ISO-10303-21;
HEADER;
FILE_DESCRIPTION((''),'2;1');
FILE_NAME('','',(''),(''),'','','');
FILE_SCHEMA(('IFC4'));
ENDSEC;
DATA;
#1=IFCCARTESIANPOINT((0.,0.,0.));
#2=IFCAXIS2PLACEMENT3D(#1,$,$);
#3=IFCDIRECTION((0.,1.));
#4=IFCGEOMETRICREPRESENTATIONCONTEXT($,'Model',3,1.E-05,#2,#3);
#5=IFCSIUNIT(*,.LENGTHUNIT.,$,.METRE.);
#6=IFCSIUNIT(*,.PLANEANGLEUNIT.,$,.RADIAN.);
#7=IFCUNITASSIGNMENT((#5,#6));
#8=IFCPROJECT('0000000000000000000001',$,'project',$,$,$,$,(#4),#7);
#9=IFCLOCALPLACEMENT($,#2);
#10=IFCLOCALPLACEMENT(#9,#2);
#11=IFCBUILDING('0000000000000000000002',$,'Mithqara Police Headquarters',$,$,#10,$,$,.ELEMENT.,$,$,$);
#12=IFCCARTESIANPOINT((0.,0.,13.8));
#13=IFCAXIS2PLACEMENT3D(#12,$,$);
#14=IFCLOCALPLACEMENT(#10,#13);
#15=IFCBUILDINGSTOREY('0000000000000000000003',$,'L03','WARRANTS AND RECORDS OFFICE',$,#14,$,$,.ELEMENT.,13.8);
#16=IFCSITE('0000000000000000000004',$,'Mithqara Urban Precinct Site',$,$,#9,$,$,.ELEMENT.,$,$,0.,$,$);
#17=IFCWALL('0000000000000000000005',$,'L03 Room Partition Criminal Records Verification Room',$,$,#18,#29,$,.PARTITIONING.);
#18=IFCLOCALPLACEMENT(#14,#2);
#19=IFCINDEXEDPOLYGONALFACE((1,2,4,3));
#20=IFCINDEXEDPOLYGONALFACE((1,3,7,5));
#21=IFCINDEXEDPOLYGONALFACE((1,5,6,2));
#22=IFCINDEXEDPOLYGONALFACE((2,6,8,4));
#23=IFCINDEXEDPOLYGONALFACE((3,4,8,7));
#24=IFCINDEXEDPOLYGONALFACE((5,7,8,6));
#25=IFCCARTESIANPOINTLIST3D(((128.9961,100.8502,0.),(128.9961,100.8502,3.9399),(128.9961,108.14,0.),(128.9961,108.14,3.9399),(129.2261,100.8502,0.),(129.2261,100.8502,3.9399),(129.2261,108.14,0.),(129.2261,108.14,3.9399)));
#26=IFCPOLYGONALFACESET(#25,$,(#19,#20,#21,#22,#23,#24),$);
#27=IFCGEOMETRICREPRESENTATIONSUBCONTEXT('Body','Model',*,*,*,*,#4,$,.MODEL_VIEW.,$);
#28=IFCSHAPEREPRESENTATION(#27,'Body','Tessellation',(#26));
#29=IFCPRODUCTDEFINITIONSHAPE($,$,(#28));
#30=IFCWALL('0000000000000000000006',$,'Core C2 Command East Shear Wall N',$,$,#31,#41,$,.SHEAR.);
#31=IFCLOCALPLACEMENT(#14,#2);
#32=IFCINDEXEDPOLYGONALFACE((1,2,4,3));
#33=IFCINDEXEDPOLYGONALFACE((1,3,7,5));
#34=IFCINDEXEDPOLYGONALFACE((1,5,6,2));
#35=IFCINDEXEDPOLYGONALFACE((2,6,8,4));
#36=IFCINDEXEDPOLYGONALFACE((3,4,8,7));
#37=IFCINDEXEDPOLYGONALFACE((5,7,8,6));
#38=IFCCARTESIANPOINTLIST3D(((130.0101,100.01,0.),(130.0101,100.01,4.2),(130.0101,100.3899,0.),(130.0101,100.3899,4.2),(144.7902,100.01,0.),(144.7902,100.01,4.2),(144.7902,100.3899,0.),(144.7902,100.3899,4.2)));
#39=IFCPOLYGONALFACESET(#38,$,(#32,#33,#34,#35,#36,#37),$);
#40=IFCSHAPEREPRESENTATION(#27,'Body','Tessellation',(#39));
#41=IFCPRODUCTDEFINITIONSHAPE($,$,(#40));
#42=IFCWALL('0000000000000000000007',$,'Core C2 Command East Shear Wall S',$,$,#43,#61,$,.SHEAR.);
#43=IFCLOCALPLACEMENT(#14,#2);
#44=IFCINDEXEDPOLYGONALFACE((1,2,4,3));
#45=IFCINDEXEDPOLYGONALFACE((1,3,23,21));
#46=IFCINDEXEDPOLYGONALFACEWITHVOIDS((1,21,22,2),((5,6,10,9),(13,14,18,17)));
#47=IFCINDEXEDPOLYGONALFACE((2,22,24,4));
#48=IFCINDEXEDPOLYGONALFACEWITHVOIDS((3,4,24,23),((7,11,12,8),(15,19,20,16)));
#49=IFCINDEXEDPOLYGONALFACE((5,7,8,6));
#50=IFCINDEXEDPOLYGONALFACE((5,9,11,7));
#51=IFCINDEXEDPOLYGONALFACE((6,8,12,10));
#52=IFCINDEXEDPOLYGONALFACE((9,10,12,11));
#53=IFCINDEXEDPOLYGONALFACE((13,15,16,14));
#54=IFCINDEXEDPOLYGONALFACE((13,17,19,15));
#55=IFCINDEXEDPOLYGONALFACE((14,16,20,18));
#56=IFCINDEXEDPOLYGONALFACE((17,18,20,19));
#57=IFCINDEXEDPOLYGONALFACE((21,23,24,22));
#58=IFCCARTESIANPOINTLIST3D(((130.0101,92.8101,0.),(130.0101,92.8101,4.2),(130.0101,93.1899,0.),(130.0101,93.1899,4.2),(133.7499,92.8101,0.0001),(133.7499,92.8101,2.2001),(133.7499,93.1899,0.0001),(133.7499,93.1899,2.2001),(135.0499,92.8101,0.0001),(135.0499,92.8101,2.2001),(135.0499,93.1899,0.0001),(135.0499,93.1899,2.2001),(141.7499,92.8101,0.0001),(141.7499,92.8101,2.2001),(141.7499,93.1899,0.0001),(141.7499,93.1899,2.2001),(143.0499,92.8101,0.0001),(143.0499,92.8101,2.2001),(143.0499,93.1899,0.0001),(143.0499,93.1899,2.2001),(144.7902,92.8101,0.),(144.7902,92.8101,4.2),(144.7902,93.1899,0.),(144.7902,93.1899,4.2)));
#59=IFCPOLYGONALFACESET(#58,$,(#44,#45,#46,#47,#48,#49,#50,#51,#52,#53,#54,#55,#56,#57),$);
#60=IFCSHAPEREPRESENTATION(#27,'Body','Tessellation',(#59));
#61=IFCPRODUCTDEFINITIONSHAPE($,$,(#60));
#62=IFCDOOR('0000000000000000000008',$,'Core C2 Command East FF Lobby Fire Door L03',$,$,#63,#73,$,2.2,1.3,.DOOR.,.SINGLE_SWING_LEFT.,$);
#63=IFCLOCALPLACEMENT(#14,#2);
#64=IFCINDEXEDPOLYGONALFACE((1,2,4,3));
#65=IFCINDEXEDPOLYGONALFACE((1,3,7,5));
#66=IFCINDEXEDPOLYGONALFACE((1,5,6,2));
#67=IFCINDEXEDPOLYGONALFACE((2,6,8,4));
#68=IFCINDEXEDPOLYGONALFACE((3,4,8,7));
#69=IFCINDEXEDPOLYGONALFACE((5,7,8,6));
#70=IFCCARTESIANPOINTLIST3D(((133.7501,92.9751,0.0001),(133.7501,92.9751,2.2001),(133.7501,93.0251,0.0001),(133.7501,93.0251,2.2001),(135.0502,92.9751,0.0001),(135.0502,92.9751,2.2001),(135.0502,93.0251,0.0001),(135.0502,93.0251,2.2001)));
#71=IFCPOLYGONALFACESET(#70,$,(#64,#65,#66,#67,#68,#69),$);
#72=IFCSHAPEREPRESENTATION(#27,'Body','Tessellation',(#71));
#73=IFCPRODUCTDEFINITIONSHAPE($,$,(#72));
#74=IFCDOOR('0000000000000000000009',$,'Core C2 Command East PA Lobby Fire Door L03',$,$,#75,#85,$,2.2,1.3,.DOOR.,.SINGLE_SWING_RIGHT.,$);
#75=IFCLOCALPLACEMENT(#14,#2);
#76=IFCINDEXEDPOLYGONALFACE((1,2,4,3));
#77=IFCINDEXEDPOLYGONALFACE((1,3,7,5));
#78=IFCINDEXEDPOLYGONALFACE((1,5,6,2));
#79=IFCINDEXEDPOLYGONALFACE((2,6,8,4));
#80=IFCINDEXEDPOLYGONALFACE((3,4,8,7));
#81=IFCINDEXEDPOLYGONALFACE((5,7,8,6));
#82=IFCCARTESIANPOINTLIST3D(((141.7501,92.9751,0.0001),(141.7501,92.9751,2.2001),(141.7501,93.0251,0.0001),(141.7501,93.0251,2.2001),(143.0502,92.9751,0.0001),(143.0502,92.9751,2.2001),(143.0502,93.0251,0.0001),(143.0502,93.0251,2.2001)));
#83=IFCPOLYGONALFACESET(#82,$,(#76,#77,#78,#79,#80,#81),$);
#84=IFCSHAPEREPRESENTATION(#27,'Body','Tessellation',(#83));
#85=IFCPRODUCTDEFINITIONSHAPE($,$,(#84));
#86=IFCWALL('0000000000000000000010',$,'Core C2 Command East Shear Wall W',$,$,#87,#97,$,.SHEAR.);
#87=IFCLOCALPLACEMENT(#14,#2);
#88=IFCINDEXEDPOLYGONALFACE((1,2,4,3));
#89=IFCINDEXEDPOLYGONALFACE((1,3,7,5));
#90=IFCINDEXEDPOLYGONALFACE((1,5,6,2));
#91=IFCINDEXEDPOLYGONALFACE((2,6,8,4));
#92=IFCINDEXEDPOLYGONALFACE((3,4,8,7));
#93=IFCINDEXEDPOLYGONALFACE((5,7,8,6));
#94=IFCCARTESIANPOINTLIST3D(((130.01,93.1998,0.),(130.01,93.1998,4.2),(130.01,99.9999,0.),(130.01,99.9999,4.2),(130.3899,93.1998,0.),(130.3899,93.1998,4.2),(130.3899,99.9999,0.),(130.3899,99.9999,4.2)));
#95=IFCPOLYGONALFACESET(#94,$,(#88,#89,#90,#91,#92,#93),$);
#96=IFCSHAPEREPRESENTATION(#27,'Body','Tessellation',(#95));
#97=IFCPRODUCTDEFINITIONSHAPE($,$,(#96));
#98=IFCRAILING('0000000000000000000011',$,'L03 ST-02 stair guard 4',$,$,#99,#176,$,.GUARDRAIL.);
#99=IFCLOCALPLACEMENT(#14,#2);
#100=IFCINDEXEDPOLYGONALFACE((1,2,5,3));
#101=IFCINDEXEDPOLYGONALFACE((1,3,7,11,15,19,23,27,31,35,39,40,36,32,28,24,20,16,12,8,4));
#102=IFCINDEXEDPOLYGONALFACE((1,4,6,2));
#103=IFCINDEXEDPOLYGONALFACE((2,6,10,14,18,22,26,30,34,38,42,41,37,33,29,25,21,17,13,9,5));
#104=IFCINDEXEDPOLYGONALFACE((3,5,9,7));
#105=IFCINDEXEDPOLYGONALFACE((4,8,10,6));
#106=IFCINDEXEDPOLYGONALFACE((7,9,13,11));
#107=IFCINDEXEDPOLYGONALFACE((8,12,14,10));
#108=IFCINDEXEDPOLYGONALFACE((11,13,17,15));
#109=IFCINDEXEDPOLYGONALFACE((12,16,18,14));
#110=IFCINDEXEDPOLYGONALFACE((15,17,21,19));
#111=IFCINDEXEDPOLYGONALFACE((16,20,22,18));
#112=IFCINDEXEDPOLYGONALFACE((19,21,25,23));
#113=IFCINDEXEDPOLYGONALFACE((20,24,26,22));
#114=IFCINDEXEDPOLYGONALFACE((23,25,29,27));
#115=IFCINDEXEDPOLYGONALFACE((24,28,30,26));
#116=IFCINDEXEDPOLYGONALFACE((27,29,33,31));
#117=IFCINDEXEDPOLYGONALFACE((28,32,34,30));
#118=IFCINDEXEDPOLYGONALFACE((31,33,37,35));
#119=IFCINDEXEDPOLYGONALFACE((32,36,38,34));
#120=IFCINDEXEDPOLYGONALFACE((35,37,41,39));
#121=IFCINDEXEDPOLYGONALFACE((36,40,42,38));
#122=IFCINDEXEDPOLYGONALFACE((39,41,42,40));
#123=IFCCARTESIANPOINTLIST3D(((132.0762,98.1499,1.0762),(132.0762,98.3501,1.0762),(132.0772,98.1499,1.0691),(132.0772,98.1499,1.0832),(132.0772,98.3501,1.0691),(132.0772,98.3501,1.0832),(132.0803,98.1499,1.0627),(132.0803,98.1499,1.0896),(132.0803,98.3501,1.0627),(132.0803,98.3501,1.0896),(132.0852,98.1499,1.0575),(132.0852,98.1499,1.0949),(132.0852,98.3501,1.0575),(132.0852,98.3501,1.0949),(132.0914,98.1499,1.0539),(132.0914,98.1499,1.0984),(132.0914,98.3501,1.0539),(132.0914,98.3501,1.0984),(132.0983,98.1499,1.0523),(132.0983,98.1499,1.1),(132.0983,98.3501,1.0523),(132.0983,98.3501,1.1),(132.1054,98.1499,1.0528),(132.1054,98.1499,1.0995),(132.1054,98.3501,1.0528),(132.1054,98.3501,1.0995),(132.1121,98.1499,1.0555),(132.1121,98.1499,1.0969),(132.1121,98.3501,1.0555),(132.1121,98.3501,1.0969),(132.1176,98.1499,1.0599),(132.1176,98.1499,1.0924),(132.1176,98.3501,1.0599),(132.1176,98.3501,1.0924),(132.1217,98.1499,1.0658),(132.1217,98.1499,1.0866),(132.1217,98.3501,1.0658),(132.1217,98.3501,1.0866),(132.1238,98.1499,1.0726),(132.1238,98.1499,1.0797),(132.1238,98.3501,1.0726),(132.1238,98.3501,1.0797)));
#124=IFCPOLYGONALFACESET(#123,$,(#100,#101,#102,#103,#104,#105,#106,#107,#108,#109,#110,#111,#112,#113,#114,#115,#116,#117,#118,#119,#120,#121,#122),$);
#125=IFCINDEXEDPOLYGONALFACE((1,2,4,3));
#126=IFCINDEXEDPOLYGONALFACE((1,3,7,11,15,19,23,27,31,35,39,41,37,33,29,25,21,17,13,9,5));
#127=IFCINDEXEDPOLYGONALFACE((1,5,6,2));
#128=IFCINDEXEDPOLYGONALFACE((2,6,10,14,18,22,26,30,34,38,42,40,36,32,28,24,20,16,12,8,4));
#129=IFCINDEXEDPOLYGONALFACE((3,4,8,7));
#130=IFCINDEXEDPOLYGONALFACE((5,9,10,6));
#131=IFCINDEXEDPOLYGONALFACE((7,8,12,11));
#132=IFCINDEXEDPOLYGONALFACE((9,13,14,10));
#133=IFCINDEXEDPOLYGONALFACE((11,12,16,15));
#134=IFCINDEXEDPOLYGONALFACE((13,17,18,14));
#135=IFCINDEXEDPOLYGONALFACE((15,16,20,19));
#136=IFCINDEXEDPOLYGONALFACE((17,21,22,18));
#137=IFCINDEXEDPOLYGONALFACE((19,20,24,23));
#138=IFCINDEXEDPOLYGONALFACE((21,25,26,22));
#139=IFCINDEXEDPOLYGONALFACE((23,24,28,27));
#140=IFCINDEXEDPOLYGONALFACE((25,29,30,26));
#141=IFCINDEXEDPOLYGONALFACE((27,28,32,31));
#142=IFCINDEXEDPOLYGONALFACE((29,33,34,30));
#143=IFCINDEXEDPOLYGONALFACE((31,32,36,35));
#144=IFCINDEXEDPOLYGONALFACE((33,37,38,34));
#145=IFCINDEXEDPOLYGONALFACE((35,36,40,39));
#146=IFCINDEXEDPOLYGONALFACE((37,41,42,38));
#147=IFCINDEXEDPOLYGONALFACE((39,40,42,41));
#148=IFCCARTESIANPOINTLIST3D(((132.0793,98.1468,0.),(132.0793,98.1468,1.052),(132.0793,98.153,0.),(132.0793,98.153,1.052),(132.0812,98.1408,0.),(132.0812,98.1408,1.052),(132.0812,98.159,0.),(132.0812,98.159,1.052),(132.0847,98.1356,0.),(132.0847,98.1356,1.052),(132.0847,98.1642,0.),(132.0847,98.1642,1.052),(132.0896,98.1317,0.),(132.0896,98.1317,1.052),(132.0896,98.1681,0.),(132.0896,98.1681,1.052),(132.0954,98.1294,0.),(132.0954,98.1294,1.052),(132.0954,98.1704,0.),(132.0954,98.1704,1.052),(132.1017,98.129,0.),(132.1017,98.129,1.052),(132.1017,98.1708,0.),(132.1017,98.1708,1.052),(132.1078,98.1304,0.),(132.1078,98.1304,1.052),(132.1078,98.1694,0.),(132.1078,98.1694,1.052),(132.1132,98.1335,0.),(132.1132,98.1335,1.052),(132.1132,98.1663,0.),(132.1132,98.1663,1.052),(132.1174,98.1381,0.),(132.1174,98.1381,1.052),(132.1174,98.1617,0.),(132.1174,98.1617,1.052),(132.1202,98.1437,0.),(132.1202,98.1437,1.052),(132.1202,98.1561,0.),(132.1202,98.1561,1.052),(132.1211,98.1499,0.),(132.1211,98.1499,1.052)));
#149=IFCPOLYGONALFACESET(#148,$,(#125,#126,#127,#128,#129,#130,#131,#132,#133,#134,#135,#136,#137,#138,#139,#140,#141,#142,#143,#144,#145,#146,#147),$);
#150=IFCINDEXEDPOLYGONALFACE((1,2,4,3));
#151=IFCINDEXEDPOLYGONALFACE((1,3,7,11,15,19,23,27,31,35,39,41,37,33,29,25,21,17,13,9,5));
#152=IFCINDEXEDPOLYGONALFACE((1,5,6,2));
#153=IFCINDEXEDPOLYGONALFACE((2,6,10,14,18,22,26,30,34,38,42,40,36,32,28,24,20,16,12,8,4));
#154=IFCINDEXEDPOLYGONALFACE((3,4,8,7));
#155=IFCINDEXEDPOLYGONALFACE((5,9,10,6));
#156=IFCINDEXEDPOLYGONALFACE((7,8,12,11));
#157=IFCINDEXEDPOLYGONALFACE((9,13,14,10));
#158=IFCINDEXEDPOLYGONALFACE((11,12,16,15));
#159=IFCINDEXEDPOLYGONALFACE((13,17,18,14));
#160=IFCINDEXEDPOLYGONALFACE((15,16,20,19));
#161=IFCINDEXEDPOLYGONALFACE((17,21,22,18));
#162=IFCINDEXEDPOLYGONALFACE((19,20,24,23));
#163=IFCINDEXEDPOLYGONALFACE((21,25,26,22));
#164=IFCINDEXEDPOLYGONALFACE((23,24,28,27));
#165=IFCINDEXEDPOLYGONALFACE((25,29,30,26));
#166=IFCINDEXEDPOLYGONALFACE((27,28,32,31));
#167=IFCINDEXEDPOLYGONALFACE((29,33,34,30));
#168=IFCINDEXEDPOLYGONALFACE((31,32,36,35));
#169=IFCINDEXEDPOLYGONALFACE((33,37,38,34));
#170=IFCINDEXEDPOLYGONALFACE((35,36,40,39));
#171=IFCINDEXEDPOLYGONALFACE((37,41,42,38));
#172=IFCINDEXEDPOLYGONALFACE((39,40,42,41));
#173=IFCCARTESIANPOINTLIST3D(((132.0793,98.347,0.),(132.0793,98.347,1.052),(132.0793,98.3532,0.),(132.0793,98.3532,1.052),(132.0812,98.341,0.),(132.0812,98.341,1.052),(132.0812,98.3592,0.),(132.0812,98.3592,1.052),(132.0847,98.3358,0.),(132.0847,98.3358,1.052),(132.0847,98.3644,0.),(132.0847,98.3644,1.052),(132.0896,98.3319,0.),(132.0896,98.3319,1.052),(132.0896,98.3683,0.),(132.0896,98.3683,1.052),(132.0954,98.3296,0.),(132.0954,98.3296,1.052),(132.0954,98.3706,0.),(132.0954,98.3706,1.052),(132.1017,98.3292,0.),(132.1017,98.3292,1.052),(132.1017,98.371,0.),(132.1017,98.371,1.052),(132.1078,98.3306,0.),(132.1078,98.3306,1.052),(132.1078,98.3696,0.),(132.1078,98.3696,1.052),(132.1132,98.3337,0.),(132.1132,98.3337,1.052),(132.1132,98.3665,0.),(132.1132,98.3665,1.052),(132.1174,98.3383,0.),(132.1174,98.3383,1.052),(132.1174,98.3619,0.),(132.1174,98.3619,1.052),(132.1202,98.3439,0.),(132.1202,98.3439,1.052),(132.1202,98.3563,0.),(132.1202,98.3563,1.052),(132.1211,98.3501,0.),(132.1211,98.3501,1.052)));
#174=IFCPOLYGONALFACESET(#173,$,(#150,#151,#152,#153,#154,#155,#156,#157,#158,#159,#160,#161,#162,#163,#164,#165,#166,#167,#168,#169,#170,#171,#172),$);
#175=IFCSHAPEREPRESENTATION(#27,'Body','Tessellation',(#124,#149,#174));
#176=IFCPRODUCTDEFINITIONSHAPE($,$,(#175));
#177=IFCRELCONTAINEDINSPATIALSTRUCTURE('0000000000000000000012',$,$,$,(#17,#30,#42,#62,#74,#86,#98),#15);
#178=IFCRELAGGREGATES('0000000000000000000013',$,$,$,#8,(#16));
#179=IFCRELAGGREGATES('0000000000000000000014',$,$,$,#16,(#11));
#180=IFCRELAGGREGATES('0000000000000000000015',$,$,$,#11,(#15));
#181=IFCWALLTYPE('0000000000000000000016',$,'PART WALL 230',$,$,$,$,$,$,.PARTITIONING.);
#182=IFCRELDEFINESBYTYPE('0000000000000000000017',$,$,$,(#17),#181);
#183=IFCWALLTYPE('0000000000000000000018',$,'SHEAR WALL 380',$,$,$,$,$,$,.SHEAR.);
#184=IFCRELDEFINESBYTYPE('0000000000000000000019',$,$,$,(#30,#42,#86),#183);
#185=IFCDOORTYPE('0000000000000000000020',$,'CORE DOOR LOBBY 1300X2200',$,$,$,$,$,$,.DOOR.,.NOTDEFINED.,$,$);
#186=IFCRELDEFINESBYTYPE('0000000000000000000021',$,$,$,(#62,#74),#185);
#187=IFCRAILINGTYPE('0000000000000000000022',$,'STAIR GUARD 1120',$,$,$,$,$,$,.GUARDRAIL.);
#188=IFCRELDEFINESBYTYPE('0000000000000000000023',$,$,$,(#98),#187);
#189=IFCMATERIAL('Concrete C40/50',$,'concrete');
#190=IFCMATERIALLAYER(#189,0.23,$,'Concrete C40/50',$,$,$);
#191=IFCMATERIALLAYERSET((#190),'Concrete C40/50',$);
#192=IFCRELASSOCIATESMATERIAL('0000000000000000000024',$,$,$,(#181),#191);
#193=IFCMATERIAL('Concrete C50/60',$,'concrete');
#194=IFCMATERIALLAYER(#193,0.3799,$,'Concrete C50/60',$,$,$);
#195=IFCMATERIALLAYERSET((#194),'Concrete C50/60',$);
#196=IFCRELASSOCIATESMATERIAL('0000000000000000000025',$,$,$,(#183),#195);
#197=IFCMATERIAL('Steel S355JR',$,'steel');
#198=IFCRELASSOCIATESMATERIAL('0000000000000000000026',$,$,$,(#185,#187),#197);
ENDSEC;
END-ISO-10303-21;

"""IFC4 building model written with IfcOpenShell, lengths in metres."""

from ifc_helpers import new_model, si_unit, direction, frame, frame_2d, origin, origin_2d, place, context, subcontext, project, spatial, rectangle, circle, extrude, material, layer, layer_set, type_object, element, fill, save


model = new_model("IFC4")

# Units and contexts
model_context = context("Model", 3, precision=1e-05, world=origin(), true_north=direction((0.0, 1.0)))
body_context = subcontext(model_context, "Body", "Model", "MODEL_VIEW")
ifc_project = project(units=[si_unit("LENGTHUNIT", "METRE"), si_unit("PLANEANGLEUNIT", "RADIAN")], contexts=[model_context])

# Site, building, storey
site_placement = place(None, origin())
site = spatial("IfcSite", under=ifc_project, at=site_placement, Name="Mithqara Urban Precinct Site", CompositionType="ELEMENT", RefElevation=0.0)
building_placement = place(site_placement, origin())
building = spatial("IfcBuilding", under=site, at=building_placement, Name="Mithqara Police Headquarters", CompositionType="ELEMENT")
storey_placement = place(building_placement, frame((0.0, 0.0, 13.8)))
storey = spatial("IfcBuildingStorey", under=building, at=storey_placement, Name="L03", Description="WARRANTS AND RECORDS OFFICE", CompositionType="ELEMENT", Elevation=13.8)

# Shared definitions
ifc_material_1 = material(Name="Steel S355JR", Category="steel")
ifc_material_2 = material(Name="Concrete C40/50", Category="concrete")

# Walls
ifc_layer_1 = layer(ifc_material_2, 0.23, Name="Concrete C40/50")
ifc_layer_set_1 = layer_set([ifc_layer_1], Name="Concrete C40/50")
wall_type_1 = type_object("IfcWallType", Name="PART WALL 230", PredefinedType="PARTITIONING", material=ifc_layer_set_1)
wall_1_placement = place(storey_placement, frame((129.1111, 100.8501, 0.0), z_axis=(0.0, 0.0, 1.0), x_axis=(0.0, 1.0, 0.0)))
element("IfcWall", 1, at=wall_1_placement, inside=storey, type_object=wall_type_1, Name="L03 Room Partition Criminal Records Verification Room", PredefinedType="PARTITIONING", context=body_context, shape_type="SweptSolid", body=[
    extrude(rectangle(XDim=7.2898, YDim=0.23, at=frame_2d((3.645, 0.0))), origin(), (0.0, 0.0, 1.0), 3.9399),
])
ifc_material_3 = material(Name="Concrete C50/60", Category="concrete")
ifc_layer_2 = layer(ifc_material_3, 0.3799, Name="Concrete C50/60")
ifc_layer_set_2 = layer_set([ifc_layer_2], Name="Concrete C50/60")
wall_type_2 = type_object("IfcWallType", Name="SHEAR WALL 380", PredefinedType="SHEAR", material=ifc_layer_set_2)
wall_2_placement = place(storey_placement, frame((130.01, 100.2, 0.0), z_axis=(0.0, 0.0, 1.0), x_axis=(1.0, 0.0, 0.0)))
element("IfcWall", 2, at=wall_2_placement, inside=storey, type_object=wall_type_2, Name="Core C2 Command East Shear Wall N", PredefinedType="SHEAR", context=body_context, shape_type="SweptSolid", body=[
    extrude(rectangle(XDim=14.78, YDim=0.3799, at=frame_2d((7.3901, 0.0))), origin(), (0.0, 0.0, 1.0), 4.2),
])

# Wall, openings, doors
wall_3_placement = place(storey_placement, frame((130.01, 93.0, 0.0), z_axis=(0.0, 0.0, 1.0), x_axis=(1.0, 0.0, 0.0)))
wall_3 = element("IfcWall", 3, at=wall_3_placement, inside=storey, type_object=wall_type_2, Name="Core C2 Command East Shear Wall S", PredefinedType="SHEAR", context=body_context, shape_type="SweptSolid", body=[
    extrude(rectangle(XDim=14.78, YDim=0.3799, at=frame_2d((7.3901, 0.0))), origin(), (0.0, 0.0, 1.0), 4.2),
])
opening_1_placement = place(wall_3_placement, frame((3.74, 0.0, 0.0)))
opening_1 = element("IfcOpeningElement", 4, at=opening_1_placement, cuts=wall_3, PredefinedType="OPENING", context=body_context, shape_type="SweptSolid", body=[
    extrude(rectangle(XDim=1.3, YDim=2.2, at=frame_2d((0.6499, 1.1001))), frame((0.0, 0.2, 0.0), z_axis=(0.0, -1.0, 0.0), x_axis=(1.0, 0.0, 0.0)), (0.0, 0.0, 1.0), 0.3999),
])
opening_2_placement = place(wall_3_placement, frame((11.74, 0.0, 0.0)))
opening_2 = element("IfcOpeningElement", 5, at=opening_2_placement, cuts=wall_3, PredefinedType="OPENING", context=body_context, shape_type="SweptSolid", body=[
    extrude(rectangle(XDim=1.3, YDim=2.2, at=frame_2d((0.6499, 1.1001))), frame((0.0, 0.2, 0.0), z_axis=(0.0, -1.0, 0.0), x_axis=(1.0, 0.0, 0.0)), (0.0, 0.0, 1.0), 0.3999),
])
door_type_1 = type_object("IfcDoorType", Name="CORE DOOR LOBBY 1300X2200", OperationType="NOTDEFINED", PredefinedType="DOOR", material=ifc_material_1)
door_1_placement = place(opening_1_placement, frame((1.3, 0.0, 0.0), z_axis=(0.0, 0.0, 1.0), x_axis=(-1.0, 0.0, 0.0)))
door_1 = element("IfcDoor", 6, at=door_1_placement, inside=storey, type_object=door_type_1, Name="Core C2 Command East FF Lobby Fire Door L03", OperationType="SINGLE_SWING_LEFT", OverallHeight=2.2, OverallWidth=1.3, PredefinedType="DOOR", context=body_context, shape_type="SweptSolid", body=[
    extrude(rectangle(XDim=1.3, YDim=2.2, at=frame_2d((0.6499, 1.1001))), frame((0.0, 0.0249, 0.0), z_axis=(0.0, -1.0, 0.0), x_axis=(1.0, 0.0, 0.0)), (0.0, 0.0, 1.0), 0.05),
])
fill(opening_1, door_1)
door_2_placement = place(opening_2_placement, frame((1.3, 0.0, 0.0), z_axis=(0.0, 0.0, 1.0), x_axis=(-1.0, 0.0, 0.0)))
door_2 = element("IfcDoor", 7, at=door_2_placement, inside=storey, type_object=door_type_1, Name="Core C2 Command East PA Lobby Fire Door L03", OperationType="SINGLE_SWING_RIGHT", OverallHeight=2.2, OverallWidth=1.3, PredefinedType="DOOR", context=body_context, shape_type="SweptSolid", body=[
    extrude(rectangle(XDim=1.3, YDim=2.2, at=frame_2d((0.6499, 1.1001))), frame((0.0, 0.0249, 0.0), z_axis=(0.0, -1.0, 0.0), x_axis=(1.0, 0.0, 0.0)), (0.0, 0.0, 1.0), 0.05),
])
fill(opening_2, door_2)

# Wall
wall_4_placement = place(storey_placement, frame((130.2, 93.2, 0.0), z_axis=(0.0, 0.0, 1.0), x_axis=(0.0, 1.0, 0.0)))
element("IfcWall", 8, at=wall_4_placement, inside=storey, type_object=wall_type_2, Name="Core C2 Command East Shear Wall W", PredefinedType="SHEAR", context=body_context, shape_type="SweptSolid", body=[
    extrude(rectangle(XDim=6.8, YDim=0.3799, at=frame_2d((3.3999, 0.0))), origin(), (0.0, 0.0, 1.0), 4.2),
])

# Railing
railing_type = type_object("IfcRailingType", Name="STAIR GUARD 1120", PredefinedType="GUARDRAIL", material=ifc_material_1)
railing_placement = place(storey_placement, frame((132.1001, 98.1499, 0.0)))
element("IfcRailing", 9, at=railing_placement, inside=storey, type_object=railing_type, Name="L03 ST-02 stair guard 4", PredefinedType="GUARDRAIL", context=body_context, shape_type="SweptSolid", body=[
    extrude(circle(Radius=0.0239, at=origin_2d()), frame((0.0, 0.0, 1.0762), z_axis=(0.0, 1.0, 0.0), x_axis=(-1.0, 0.0, 0.0)), (0.0, 0.0, 1.0), 0.2002),
    extrude(circle(Radius=0.021, at=origin_2d()), origin(), (0.0, 0.0, 1.0), 1.052),
    extrude(circle(Radius=0.021, at=origin_2d()), frame((0.0, 0.2002, 0.0)), (0.0, 0.0, 1.0), 1.052),
])

save(model, "model.ifc")
